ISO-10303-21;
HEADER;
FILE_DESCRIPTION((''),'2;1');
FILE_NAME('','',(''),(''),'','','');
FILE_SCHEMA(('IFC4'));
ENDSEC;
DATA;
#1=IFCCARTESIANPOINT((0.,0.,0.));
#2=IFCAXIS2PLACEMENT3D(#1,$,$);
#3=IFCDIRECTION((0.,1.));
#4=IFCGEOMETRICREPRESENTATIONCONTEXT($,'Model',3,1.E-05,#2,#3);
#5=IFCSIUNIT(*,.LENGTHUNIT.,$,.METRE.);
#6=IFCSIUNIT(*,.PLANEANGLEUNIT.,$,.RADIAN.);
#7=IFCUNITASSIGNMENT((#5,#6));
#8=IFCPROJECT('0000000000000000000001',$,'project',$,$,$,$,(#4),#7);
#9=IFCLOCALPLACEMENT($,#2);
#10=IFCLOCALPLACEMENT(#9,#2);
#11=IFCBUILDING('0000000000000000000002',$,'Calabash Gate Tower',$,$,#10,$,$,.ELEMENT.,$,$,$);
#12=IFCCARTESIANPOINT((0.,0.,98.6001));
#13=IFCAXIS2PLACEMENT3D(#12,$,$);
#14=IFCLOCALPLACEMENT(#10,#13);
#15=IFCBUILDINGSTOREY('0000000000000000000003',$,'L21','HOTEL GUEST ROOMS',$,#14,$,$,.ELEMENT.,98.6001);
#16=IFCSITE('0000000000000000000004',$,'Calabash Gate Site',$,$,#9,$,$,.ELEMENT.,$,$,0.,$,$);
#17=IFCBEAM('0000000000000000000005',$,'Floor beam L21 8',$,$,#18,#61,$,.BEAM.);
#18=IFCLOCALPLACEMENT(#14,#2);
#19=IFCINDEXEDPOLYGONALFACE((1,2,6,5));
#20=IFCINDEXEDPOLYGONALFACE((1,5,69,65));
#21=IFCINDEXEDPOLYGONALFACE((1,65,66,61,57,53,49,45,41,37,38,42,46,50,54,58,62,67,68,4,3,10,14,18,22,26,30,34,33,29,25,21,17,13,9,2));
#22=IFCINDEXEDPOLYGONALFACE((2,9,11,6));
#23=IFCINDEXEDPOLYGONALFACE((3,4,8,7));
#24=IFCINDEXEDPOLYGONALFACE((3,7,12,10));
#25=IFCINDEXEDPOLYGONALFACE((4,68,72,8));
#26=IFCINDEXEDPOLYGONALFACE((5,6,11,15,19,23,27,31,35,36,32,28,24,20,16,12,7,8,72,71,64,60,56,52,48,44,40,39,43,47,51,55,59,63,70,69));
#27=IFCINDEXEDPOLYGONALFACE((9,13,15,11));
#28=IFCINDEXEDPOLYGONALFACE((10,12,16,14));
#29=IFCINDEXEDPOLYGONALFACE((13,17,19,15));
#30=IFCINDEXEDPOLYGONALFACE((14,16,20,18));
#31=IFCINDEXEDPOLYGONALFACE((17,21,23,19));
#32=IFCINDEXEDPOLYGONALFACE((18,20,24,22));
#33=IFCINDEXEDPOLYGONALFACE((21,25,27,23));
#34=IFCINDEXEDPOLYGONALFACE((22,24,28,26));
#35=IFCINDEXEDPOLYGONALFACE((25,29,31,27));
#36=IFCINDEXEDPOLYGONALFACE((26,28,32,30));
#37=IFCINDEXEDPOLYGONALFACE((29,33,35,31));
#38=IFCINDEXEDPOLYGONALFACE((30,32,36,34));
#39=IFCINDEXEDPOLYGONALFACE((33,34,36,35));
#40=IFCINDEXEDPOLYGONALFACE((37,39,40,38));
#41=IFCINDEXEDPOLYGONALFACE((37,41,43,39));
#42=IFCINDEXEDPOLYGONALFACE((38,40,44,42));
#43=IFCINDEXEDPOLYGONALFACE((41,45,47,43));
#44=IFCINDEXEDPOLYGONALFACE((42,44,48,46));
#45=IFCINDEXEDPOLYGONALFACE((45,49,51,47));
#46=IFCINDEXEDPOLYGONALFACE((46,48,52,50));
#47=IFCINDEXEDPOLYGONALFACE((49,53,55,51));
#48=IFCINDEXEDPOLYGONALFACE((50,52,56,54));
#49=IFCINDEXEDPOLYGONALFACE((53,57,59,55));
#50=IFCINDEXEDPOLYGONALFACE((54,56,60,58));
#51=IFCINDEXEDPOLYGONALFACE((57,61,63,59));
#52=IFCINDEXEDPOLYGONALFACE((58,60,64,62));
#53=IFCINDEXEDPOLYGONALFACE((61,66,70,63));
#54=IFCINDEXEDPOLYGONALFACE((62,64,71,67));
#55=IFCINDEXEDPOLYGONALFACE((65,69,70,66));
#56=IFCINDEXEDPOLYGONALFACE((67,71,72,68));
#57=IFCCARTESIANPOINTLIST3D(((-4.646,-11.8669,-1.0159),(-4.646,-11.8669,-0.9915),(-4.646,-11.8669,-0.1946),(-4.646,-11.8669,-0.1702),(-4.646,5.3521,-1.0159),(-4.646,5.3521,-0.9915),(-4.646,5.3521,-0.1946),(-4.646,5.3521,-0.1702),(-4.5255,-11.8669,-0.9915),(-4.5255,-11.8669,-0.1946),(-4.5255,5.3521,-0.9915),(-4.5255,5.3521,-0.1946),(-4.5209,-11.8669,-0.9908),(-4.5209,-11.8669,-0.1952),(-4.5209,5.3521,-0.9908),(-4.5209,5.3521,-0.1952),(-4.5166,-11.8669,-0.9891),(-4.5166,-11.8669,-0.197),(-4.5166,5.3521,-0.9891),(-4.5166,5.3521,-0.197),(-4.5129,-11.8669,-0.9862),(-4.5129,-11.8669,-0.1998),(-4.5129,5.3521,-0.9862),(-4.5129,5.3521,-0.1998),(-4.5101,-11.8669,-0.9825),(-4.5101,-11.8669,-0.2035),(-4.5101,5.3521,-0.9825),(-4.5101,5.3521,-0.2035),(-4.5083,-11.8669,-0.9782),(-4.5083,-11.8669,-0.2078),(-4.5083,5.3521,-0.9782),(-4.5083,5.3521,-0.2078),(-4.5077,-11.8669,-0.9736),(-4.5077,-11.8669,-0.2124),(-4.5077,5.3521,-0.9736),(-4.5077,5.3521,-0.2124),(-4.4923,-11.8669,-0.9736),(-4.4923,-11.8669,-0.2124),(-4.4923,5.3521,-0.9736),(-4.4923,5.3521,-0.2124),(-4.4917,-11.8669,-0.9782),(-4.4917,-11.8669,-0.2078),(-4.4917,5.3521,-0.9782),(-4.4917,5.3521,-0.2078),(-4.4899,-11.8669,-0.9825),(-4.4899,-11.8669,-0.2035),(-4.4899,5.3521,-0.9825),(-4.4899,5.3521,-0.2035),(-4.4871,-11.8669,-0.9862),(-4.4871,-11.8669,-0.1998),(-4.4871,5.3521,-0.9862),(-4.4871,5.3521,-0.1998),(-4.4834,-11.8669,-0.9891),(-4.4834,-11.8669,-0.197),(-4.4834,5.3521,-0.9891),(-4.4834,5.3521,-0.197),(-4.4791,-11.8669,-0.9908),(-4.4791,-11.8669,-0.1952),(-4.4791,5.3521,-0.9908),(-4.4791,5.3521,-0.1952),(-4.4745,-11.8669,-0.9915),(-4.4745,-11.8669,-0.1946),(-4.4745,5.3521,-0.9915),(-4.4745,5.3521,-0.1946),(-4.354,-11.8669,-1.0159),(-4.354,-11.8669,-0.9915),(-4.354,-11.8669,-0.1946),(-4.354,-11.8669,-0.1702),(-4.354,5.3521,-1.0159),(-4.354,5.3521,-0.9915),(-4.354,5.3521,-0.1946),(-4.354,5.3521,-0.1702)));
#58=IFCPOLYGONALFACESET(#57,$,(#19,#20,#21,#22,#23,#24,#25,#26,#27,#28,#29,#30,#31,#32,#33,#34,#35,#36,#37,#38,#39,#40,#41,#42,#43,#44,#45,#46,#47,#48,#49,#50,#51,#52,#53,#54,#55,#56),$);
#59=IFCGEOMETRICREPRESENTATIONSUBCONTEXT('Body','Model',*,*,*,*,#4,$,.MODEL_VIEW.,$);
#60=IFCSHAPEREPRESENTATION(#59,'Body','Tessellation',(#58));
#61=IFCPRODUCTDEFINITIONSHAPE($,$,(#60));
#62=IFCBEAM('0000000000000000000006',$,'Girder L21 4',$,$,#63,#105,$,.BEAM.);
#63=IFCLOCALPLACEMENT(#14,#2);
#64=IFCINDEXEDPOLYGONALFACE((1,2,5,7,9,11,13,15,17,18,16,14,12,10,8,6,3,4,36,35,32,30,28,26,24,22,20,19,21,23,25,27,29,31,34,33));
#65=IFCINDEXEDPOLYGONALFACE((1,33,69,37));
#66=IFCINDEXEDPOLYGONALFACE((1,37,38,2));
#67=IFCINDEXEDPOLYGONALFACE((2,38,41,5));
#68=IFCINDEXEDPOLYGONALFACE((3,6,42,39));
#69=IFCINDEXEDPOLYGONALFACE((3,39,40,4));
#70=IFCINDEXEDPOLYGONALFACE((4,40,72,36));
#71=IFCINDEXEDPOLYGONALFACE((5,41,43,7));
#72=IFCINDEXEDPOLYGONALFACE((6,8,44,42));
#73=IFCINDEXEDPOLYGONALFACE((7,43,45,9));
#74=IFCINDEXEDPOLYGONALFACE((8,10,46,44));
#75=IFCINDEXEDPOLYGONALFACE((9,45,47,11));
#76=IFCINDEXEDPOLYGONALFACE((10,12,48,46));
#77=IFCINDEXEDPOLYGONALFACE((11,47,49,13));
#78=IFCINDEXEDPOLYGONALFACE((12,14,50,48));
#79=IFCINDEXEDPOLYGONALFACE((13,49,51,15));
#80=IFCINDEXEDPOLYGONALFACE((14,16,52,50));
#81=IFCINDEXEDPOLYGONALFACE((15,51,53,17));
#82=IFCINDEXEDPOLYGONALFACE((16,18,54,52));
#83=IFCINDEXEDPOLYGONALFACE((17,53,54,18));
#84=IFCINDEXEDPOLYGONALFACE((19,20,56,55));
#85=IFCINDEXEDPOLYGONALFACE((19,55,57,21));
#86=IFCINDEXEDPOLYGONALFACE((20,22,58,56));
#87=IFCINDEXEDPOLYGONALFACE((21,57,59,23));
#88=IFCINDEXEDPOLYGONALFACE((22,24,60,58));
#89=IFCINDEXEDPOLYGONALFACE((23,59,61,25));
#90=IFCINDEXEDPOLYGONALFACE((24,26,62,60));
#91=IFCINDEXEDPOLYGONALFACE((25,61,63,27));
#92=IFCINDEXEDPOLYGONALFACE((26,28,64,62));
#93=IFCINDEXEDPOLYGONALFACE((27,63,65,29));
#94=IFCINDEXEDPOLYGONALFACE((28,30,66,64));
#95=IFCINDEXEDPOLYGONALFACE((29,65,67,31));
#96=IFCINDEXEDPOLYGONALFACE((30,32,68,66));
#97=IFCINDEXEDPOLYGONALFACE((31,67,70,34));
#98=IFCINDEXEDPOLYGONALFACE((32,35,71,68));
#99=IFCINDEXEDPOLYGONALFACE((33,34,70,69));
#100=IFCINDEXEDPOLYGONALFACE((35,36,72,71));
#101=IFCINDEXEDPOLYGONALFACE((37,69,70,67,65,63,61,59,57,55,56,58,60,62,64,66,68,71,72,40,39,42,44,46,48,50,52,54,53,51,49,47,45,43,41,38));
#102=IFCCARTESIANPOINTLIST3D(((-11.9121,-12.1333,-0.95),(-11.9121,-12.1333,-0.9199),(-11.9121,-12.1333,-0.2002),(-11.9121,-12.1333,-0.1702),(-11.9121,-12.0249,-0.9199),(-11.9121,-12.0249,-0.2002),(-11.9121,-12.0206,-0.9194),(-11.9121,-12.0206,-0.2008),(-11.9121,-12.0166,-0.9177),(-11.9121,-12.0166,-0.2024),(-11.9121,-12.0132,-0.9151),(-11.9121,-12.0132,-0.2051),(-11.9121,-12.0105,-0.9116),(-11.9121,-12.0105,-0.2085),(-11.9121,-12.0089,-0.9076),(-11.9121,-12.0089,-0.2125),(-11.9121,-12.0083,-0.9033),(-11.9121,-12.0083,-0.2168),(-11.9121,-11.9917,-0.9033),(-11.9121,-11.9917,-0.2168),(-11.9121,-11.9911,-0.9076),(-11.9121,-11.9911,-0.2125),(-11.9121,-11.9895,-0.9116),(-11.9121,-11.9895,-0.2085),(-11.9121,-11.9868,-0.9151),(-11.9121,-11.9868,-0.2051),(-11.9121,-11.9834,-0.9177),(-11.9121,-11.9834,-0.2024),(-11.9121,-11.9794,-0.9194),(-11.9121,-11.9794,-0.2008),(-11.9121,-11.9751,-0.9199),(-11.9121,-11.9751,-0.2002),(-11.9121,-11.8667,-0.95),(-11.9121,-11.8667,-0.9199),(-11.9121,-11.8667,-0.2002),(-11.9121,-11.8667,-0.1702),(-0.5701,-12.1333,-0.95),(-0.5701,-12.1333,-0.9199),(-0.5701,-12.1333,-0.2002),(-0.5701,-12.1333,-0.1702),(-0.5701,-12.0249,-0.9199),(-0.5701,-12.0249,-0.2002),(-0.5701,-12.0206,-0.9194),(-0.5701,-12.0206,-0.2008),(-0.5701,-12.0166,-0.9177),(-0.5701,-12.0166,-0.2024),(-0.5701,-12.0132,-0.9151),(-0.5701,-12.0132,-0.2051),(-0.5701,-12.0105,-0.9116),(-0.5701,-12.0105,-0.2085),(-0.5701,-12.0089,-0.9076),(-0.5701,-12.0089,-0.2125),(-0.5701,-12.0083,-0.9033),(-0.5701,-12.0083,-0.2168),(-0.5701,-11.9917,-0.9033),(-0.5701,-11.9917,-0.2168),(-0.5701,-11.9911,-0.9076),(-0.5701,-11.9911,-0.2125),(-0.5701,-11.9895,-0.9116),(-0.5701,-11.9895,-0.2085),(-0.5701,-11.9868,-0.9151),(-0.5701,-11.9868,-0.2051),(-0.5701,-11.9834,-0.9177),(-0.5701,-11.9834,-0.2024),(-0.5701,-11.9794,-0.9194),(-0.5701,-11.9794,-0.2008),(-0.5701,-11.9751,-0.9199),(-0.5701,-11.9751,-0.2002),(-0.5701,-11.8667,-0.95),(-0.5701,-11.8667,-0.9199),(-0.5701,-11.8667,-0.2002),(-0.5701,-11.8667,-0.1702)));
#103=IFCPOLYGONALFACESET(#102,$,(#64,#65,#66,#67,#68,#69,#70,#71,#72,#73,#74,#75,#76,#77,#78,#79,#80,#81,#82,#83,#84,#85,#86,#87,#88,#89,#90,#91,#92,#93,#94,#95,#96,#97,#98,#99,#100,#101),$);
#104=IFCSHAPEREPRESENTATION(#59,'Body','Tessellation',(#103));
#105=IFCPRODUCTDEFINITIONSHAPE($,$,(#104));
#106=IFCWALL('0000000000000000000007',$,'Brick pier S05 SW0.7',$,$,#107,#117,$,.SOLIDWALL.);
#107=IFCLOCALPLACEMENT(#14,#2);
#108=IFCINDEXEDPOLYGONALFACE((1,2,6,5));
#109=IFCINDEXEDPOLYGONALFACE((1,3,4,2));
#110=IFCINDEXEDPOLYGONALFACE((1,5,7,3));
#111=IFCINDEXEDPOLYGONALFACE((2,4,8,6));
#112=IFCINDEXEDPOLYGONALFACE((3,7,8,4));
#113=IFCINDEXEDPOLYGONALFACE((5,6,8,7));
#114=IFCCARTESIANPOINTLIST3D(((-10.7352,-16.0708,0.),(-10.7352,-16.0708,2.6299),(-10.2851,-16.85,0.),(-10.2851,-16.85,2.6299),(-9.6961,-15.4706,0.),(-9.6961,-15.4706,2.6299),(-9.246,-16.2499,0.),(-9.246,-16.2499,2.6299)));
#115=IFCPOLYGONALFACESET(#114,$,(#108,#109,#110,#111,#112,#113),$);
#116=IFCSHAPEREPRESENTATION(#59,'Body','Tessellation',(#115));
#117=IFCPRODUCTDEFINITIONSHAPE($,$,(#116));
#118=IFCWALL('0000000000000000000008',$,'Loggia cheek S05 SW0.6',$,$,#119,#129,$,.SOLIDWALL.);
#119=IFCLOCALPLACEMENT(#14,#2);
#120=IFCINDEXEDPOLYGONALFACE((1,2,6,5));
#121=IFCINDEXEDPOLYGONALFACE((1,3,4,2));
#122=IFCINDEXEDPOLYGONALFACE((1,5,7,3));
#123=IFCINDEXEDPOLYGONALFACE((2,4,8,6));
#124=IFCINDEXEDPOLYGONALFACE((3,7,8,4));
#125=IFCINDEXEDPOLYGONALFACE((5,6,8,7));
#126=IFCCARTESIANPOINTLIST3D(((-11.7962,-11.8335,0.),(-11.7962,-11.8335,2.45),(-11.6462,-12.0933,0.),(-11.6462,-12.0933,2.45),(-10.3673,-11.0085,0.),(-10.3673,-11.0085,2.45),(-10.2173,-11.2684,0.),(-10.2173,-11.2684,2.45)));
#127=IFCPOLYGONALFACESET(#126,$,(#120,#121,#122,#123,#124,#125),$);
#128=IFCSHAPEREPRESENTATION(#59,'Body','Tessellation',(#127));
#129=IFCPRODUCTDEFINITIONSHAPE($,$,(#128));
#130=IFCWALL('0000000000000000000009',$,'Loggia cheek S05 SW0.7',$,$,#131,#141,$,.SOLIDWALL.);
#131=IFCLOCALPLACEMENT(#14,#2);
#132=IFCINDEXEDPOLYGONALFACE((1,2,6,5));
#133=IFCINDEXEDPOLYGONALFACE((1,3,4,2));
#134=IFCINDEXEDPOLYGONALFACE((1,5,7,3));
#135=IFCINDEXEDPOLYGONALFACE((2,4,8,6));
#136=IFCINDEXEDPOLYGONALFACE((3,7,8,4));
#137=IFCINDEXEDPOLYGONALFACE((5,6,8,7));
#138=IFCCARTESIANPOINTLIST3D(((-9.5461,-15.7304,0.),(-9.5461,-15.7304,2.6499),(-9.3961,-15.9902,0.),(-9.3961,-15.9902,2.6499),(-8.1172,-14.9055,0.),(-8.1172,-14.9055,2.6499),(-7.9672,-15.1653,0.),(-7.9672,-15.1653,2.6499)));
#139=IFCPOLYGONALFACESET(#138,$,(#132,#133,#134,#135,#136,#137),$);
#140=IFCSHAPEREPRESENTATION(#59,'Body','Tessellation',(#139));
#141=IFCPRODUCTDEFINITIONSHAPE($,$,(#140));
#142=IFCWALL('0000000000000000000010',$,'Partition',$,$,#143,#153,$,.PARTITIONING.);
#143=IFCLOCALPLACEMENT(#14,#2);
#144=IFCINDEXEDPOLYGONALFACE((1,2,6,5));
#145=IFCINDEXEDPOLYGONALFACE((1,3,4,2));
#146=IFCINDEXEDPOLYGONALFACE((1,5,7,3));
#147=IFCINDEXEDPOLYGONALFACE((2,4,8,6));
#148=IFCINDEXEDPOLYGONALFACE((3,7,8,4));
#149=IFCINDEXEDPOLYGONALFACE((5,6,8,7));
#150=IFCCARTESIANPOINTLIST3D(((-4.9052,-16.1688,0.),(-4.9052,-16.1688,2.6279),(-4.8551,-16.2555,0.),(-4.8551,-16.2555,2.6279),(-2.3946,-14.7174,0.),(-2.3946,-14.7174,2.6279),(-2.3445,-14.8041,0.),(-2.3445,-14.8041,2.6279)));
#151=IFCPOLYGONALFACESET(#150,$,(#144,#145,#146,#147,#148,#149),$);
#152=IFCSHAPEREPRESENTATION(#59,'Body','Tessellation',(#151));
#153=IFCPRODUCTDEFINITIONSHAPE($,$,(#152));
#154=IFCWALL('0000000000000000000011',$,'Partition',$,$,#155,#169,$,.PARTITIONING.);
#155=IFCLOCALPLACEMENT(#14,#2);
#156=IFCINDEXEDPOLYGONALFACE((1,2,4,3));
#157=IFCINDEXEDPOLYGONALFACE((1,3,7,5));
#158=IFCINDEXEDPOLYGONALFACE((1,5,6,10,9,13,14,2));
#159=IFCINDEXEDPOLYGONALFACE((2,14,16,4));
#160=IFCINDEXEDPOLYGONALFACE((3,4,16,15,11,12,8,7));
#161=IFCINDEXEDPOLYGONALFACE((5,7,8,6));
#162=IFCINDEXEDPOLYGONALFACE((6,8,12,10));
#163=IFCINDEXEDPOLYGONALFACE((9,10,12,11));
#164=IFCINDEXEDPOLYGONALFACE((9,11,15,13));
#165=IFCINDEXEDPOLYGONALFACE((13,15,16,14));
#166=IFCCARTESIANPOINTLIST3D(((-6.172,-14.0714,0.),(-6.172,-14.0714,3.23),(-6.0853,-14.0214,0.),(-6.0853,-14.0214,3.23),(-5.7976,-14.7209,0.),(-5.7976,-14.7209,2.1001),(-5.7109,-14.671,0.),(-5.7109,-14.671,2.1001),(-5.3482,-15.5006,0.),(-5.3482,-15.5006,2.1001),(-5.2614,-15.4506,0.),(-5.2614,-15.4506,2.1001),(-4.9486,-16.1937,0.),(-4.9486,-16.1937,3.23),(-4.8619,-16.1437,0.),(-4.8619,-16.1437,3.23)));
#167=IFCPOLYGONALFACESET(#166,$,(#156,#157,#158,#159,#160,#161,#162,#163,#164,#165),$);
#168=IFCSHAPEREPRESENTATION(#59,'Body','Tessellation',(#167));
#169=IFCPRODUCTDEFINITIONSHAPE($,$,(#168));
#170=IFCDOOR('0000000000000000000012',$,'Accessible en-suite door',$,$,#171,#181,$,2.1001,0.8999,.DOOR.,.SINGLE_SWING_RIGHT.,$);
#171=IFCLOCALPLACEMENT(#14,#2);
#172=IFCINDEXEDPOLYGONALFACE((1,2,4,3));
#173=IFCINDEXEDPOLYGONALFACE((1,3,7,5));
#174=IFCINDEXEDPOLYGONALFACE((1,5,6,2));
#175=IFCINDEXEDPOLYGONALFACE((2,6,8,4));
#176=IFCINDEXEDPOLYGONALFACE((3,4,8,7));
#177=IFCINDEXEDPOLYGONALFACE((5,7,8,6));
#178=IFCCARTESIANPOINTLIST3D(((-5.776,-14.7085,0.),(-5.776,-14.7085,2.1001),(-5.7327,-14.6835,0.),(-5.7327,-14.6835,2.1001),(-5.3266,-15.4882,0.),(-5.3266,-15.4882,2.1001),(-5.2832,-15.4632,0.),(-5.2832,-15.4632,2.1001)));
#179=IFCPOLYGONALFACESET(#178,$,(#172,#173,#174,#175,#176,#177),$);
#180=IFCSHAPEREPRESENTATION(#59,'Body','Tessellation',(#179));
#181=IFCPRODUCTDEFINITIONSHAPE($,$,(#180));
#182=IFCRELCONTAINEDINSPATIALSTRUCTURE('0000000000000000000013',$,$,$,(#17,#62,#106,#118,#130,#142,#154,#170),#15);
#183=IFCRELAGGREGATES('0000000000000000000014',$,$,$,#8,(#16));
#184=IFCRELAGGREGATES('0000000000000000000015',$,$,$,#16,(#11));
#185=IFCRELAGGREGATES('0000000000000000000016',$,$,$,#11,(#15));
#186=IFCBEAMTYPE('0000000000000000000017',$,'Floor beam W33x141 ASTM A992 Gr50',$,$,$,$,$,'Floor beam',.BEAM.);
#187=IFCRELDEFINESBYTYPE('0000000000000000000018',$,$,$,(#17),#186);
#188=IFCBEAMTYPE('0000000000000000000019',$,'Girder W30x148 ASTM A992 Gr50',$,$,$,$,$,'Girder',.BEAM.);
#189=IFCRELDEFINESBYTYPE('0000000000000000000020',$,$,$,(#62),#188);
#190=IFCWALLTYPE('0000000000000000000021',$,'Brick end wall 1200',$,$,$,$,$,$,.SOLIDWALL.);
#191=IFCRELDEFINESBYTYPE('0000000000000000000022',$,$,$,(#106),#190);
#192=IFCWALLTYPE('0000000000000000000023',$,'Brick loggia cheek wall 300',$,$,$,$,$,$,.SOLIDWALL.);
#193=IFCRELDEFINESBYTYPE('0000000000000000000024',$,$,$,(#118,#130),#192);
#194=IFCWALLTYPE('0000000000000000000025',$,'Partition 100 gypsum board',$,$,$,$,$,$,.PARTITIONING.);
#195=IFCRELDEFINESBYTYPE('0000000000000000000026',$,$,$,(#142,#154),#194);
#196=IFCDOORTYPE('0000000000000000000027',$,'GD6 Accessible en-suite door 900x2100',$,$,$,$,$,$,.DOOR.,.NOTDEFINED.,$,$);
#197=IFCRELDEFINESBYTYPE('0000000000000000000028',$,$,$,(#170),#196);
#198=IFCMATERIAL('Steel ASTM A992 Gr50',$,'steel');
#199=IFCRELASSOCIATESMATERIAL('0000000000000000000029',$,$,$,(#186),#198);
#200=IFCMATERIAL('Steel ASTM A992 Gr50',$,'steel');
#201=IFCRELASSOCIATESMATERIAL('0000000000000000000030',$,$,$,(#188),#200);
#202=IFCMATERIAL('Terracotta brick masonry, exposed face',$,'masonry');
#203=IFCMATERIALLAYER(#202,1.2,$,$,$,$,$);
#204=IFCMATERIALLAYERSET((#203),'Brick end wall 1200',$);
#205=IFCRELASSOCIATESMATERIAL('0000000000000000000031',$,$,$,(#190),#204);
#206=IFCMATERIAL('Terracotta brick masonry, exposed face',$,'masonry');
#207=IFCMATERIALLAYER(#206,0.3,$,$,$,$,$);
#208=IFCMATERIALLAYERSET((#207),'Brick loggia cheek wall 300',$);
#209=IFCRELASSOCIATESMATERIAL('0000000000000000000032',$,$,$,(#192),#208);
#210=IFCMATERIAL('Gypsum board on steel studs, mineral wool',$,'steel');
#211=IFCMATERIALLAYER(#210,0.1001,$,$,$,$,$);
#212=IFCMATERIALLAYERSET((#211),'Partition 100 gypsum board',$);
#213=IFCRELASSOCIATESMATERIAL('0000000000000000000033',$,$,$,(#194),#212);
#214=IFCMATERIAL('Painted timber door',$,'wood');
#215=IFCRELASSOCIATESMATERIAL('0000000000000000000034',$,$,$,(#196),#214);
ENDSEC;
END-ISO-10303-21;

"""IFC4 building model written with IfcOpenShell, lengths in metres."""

from ifc_helpers import new_model, si_unit, direction, frame, frame_2d, origin, origin_2d, place, context, subcontext, project, spatial, rectangle, i_section, extrude, material, layer, layer_set, material_profile, profile_set, type_object, element, fill, save


model = new_model("IFC4")

# Units and contexts
model_context = context("Model", 3, precision=1e-05, world=origin(), true_north=direction((0.0, 1.0)))
body_context = subcontext(model_context, "Body", "Model", "MODEL_VIEW")
ifc_project = project(units=[si_unit("LENGTHUNIT", "METRE"), si_unit("PLANEANGLEUNIT", "RADIAN")], contexts=[model_context])

# Site, building, storey
site_placement = place(None, origin())
site = spatial("IfcSite", under=ifc_project, at=site_placement, Name="Calabash Gate Site", CompositionType="ELEMENT", RefElevation=0.0)
building_placement = place(site_placement, origin())
building = spatial("IfcBuilding", under=site, at=building_placement, Name="Calabash Gate Tower", CompositionType="ELEMENT")
storey_placement = place(building_placement, frame((0.0, 0.0, 98.6001)))
storey = spatial("IfcBuildingStorey", under=building, at=storey_placement, Name="L21", Description="HOTEL GUEST ROOMS", CompositionType="ELEMENT", Elevation=98.6001)

# Beams
ifc_material_1 = material(Name="Steel ASTM A992 Gr50", Category="steel")
ifc_material_profile_1 = material_profile(ifc_material_1, i_section(OverallWidth=0.292, OverallDepth=0.8457, WebThickness=0.0154, FlangeThickness=0.0244, FilletRadius=0.0178, at=origin_2d()))
ifc_profile_set_1 = profile_set([ifc_material_profile_1], Name="Steel ASTM A992 Gr50")
beam_type_1 = type_object("IfcBeamType", Name="Floor beam W33x141 ASTM A992 Gr50", ElementType="Floor beam", PredefinedType="BEAM", material=ifc_profile_set_1)
beam_1_placement = place(storey_placement, frame((-4.5, -11.8669, -0.593), z_axis=(0.0, 1.0, 0.0), x_axis=(-1.0, 0.0, 0.0)))
element("IfcBeam", 1, at=beam_1_placement, inside=storey, type_object=beam_type_1, Name="Floor beam L21 8", PredefinedType="BEAM", context=body_context, shape_type="SweptSolid", body=[
    extrude(i_section(OverallWidth=0.292, OverallDepth=0.8457, WebThickness=0.0154, FlangeThickness=0.0244, FilletRadius=0.0178, at=origin_2d()), origin(), (0.0, 0.0, 1.0), 17.219),
])
ifc_material_2 = material(Name="Steel ASTM A992 Gr50", Category="steel")
ifc_material_profile_2 = material_profile(ifc_material_2, i_section(OverallWidth=0.2666, OverallDepth=0.7798, WebThickness=0.0166, FlangeThickness=0.03, FilletRadius=0.0166, at=origin_2d()))
ifc_profile_set_2 = profile_set([ifc_material_profile_2], Name="Steel ASTM A992 Gr50")
beam_type_2 = type_object("IfcBeamType", Name="Girder W30x148 ASTM A992 Gr50", ElementType="Girder", PredefinedType="BEAM", material=ifc_profile_set_2)
beam_2_placement = place(storey_placement, frame((-11.9121, -12.0, -0.5601), z_axis=(1.0, 0.0, 0.0), x_axis=(0.0, 1.0, 0.0)))
element("IfcBeam", 2, at=beam_2_placement, inside=storey, type_object=beam_type_2, Name="Girder L21 4", PredefinedType="BEAM", context=body_context, shape_type="SweptSolid", body=[
    extrude(i_section(OverallWidth=0.2666, OverallDepth=0.7798, WebThickness=0.0166, FlangeThickness=0.03, FilletRadius=0.0166, at=origin_2d()), origin(), (0.0, 0.0, 1.0), 11.342),
])

# Walls
ifc_material_3 = material(Name="Terracotta brick masonry, exposed face", Category="masonry")
ifc_layer_1 = layer(ifc_material_3, 1.2)
ifc_layer_set_1 = layer_set([ifc_layer_1], Name="Brick end wall 1200")
wall_type_1 = type_object("IfcWallType", Name="Brick end wall 1200", PredefinedType="SOLIDWALL", material=ifc_layer_set_1)
wall_1_placement = place(storey_placement, frame((-10.5103, -16.4604, 0.0), z_axis=(0.0, 0.0, 1.0), x_axis=(0.865955, 0.500122, 0.0)))
element("IfcWall", 3, at=wall_1_placement, inside=storey, type_object=wall_type_1, Name="Brick pier S05 SW0.7", PredefinedType="SOLIDWALL", context=body_context, shape_type="SweptSolid", body=[
    extrude(rectangle(XDim=1.2, YDim=0.8999, at=frame_2d((0.6001, 0.0))), origin(), (0.0, 0.0, 1.0), 2.6299),
])
ifc_material_4 = material(Name="Terracotta brick masonry, exposed face", Category="masonry")
ifc_layer_2 = layer(ifc_material_4, 0.3)
ifc_layer_set_2 = layer_set([ifc_layer_2], Name="Brick loggia cheek wall 300")
wall_type_2 = type_object("IfcWallType", Name="Brick loggia cheek wall 300", PredefinedType="SOLIDWALL", material=ifc_layer_set_2)
wall_2_placement = place(storey_placement, frame((-11.7212, -11.9634, 0.0), z_axis=(0.0, 0.0, 1.0), x_axis=(0.86604, 0.499974, 0.0)))
element("IfcWall", 4, at=wall_2_placement, inside=storey, type_object=wall_type_2, Name="Loggia cheek S05 SW0.6", PredefinedType="SOLIDWALL", context=body_context, shape_type="SweptSolid", body=[
    extrude(rectangle(XDim=1.6499, YDim=0.3, at=frame_2d((0.825, 0.0))), origin(), (0.0, 0.0, 1.0), 2.45),
])
wall_3_placement = place(storey_placement, frame((-8.0422, -15.0354, 0.0), z_axis=(0.0, 0.0, 1.0), x_axis=(-0.86604, -0.499974, 0.0)))
element("IfcWall", 5, at=wall_3_placement, inside=storey, type_object=wall_type_2, Name="Loggia cheek S05 SW0.7", PredefinedType="SOLIDWALL", context=body_context, shape_type="SweptSolid", body=[
    extrude(rectangle(XDim=1.6499, YDim=0.3, at=frame_2d((0.825, 0.0))), origin(), (0.0, 0.0, 1.0), 2.6499),
])
ifc_material_5 = material(Name="Gypsum board on steel studs, mineral wool", Category="steel")
ifc_layer_3 = layer(ifc_material_5, 0.1001)
ifc_layer_set_3 = layer_set([ifc_layer_3], Name="Partition 100 gypsum board")
wall_type_3 = type_object("IfcWallType", Name="Partition 100 gypsum board", PredefinedType="PARTITIONING", material=ifc_layer_set_3)
wall_4_placement = place(storey_placement, frame((-4.8801, -16.2122, 0.0), z_axis=(0.0, 0.0, 1.0), x_axis=(0.86573, 0.500512, 0.0)))
element("IfcWall", 6, at=wall_4_placement, inside=storey, type_object=wall_type_3, Name="Partition", PredefinedType="PARTITIONING", context=body_context, shape_type="SweptSolid", body=[
    extrude(rectangle(XDim=2.8999, YDim=0.1001, at=frame_2d((1.45, 0.0))), origin(), (0.0, 0.0, 1.0), 2.6279),
])

# Wall, opening, door
wall_5_placement = place(storey_placement, frame((-6.1287, -14.0464, 0.0), z_axis=(0.0, 0.0, 1.0), x_axis=(0.499409, -0.866366, 0.0)))
wall_5 = element("IfcWall", 7, at=wall_5_placement, inside=storey, type_object=wall_type_3, Name="Partition", PredefinedType="PARTITIONING", context=body_context, shape_type="SweptSolid", body=[
    extrude(rectangle(XDim=2.4497, YDim=0.1001, at=frame_2d((1.2249, 0.0))), origin(), (0.0, 0.0, 1.0), 3.23),
])
opening_1_placement = place(wall_5_placement, frame((0.7498, 0.0, 0.0)))
opening_1 = element("IfcOpeningElement", 8, at=opening_1_placement, cuts=wall_5, PredefinedType="OPENING", context=body_context, shape_type="SweptSolid", body=[
    extrude(rectangle(XDim=0.8999, YDim=2.1001, at=frame_2d((0.45, 1.05))), frame((0.0, 0.0601, 0.0), z_axis=(0.0, -1.0, 0.0), x_axis=(1.0, 0.0, 0.0)), (0.0, 0.0, 1.0), 0.1201),
])
ifc_material_6 = material(Name="Painted timber door", Category="wood")
door_type_1 = type_object("IfcDoorType", Name="GD6 Accessible en-suite door 900x2100", OperationType="NOTDEFINED", PredefinedType="DOOR", material=ifc_material_6)
door_1_placement = place(opening_1_placement, origin())
door_1 = element("IfcDoor", 9, at=door_1_placement, inside=storey, type_object=door_type_1, Name="Accessible en-suite door", OperationType="SINGLE_SWING_RIGHT", OverallHeight=2.1001, OverallWidth=0.8999, PredefinedType="DOOR", context=body_context, shape_type="SweptSolid", body=[
    extrude(rectangle(XDim=0.8999, YDim=2.1001, at=frame_2d((0.45, 1.05))), frame((0.0, 0.0249, 0.0), z_axis=(0.0, -1.0, 0.0), x_axis=(1.0, 0.0, 0.0)), (0.0, 0.0, 1.0), 0.05),
])
fill(opening_1, door_1)

save(model, "model.ifc")
